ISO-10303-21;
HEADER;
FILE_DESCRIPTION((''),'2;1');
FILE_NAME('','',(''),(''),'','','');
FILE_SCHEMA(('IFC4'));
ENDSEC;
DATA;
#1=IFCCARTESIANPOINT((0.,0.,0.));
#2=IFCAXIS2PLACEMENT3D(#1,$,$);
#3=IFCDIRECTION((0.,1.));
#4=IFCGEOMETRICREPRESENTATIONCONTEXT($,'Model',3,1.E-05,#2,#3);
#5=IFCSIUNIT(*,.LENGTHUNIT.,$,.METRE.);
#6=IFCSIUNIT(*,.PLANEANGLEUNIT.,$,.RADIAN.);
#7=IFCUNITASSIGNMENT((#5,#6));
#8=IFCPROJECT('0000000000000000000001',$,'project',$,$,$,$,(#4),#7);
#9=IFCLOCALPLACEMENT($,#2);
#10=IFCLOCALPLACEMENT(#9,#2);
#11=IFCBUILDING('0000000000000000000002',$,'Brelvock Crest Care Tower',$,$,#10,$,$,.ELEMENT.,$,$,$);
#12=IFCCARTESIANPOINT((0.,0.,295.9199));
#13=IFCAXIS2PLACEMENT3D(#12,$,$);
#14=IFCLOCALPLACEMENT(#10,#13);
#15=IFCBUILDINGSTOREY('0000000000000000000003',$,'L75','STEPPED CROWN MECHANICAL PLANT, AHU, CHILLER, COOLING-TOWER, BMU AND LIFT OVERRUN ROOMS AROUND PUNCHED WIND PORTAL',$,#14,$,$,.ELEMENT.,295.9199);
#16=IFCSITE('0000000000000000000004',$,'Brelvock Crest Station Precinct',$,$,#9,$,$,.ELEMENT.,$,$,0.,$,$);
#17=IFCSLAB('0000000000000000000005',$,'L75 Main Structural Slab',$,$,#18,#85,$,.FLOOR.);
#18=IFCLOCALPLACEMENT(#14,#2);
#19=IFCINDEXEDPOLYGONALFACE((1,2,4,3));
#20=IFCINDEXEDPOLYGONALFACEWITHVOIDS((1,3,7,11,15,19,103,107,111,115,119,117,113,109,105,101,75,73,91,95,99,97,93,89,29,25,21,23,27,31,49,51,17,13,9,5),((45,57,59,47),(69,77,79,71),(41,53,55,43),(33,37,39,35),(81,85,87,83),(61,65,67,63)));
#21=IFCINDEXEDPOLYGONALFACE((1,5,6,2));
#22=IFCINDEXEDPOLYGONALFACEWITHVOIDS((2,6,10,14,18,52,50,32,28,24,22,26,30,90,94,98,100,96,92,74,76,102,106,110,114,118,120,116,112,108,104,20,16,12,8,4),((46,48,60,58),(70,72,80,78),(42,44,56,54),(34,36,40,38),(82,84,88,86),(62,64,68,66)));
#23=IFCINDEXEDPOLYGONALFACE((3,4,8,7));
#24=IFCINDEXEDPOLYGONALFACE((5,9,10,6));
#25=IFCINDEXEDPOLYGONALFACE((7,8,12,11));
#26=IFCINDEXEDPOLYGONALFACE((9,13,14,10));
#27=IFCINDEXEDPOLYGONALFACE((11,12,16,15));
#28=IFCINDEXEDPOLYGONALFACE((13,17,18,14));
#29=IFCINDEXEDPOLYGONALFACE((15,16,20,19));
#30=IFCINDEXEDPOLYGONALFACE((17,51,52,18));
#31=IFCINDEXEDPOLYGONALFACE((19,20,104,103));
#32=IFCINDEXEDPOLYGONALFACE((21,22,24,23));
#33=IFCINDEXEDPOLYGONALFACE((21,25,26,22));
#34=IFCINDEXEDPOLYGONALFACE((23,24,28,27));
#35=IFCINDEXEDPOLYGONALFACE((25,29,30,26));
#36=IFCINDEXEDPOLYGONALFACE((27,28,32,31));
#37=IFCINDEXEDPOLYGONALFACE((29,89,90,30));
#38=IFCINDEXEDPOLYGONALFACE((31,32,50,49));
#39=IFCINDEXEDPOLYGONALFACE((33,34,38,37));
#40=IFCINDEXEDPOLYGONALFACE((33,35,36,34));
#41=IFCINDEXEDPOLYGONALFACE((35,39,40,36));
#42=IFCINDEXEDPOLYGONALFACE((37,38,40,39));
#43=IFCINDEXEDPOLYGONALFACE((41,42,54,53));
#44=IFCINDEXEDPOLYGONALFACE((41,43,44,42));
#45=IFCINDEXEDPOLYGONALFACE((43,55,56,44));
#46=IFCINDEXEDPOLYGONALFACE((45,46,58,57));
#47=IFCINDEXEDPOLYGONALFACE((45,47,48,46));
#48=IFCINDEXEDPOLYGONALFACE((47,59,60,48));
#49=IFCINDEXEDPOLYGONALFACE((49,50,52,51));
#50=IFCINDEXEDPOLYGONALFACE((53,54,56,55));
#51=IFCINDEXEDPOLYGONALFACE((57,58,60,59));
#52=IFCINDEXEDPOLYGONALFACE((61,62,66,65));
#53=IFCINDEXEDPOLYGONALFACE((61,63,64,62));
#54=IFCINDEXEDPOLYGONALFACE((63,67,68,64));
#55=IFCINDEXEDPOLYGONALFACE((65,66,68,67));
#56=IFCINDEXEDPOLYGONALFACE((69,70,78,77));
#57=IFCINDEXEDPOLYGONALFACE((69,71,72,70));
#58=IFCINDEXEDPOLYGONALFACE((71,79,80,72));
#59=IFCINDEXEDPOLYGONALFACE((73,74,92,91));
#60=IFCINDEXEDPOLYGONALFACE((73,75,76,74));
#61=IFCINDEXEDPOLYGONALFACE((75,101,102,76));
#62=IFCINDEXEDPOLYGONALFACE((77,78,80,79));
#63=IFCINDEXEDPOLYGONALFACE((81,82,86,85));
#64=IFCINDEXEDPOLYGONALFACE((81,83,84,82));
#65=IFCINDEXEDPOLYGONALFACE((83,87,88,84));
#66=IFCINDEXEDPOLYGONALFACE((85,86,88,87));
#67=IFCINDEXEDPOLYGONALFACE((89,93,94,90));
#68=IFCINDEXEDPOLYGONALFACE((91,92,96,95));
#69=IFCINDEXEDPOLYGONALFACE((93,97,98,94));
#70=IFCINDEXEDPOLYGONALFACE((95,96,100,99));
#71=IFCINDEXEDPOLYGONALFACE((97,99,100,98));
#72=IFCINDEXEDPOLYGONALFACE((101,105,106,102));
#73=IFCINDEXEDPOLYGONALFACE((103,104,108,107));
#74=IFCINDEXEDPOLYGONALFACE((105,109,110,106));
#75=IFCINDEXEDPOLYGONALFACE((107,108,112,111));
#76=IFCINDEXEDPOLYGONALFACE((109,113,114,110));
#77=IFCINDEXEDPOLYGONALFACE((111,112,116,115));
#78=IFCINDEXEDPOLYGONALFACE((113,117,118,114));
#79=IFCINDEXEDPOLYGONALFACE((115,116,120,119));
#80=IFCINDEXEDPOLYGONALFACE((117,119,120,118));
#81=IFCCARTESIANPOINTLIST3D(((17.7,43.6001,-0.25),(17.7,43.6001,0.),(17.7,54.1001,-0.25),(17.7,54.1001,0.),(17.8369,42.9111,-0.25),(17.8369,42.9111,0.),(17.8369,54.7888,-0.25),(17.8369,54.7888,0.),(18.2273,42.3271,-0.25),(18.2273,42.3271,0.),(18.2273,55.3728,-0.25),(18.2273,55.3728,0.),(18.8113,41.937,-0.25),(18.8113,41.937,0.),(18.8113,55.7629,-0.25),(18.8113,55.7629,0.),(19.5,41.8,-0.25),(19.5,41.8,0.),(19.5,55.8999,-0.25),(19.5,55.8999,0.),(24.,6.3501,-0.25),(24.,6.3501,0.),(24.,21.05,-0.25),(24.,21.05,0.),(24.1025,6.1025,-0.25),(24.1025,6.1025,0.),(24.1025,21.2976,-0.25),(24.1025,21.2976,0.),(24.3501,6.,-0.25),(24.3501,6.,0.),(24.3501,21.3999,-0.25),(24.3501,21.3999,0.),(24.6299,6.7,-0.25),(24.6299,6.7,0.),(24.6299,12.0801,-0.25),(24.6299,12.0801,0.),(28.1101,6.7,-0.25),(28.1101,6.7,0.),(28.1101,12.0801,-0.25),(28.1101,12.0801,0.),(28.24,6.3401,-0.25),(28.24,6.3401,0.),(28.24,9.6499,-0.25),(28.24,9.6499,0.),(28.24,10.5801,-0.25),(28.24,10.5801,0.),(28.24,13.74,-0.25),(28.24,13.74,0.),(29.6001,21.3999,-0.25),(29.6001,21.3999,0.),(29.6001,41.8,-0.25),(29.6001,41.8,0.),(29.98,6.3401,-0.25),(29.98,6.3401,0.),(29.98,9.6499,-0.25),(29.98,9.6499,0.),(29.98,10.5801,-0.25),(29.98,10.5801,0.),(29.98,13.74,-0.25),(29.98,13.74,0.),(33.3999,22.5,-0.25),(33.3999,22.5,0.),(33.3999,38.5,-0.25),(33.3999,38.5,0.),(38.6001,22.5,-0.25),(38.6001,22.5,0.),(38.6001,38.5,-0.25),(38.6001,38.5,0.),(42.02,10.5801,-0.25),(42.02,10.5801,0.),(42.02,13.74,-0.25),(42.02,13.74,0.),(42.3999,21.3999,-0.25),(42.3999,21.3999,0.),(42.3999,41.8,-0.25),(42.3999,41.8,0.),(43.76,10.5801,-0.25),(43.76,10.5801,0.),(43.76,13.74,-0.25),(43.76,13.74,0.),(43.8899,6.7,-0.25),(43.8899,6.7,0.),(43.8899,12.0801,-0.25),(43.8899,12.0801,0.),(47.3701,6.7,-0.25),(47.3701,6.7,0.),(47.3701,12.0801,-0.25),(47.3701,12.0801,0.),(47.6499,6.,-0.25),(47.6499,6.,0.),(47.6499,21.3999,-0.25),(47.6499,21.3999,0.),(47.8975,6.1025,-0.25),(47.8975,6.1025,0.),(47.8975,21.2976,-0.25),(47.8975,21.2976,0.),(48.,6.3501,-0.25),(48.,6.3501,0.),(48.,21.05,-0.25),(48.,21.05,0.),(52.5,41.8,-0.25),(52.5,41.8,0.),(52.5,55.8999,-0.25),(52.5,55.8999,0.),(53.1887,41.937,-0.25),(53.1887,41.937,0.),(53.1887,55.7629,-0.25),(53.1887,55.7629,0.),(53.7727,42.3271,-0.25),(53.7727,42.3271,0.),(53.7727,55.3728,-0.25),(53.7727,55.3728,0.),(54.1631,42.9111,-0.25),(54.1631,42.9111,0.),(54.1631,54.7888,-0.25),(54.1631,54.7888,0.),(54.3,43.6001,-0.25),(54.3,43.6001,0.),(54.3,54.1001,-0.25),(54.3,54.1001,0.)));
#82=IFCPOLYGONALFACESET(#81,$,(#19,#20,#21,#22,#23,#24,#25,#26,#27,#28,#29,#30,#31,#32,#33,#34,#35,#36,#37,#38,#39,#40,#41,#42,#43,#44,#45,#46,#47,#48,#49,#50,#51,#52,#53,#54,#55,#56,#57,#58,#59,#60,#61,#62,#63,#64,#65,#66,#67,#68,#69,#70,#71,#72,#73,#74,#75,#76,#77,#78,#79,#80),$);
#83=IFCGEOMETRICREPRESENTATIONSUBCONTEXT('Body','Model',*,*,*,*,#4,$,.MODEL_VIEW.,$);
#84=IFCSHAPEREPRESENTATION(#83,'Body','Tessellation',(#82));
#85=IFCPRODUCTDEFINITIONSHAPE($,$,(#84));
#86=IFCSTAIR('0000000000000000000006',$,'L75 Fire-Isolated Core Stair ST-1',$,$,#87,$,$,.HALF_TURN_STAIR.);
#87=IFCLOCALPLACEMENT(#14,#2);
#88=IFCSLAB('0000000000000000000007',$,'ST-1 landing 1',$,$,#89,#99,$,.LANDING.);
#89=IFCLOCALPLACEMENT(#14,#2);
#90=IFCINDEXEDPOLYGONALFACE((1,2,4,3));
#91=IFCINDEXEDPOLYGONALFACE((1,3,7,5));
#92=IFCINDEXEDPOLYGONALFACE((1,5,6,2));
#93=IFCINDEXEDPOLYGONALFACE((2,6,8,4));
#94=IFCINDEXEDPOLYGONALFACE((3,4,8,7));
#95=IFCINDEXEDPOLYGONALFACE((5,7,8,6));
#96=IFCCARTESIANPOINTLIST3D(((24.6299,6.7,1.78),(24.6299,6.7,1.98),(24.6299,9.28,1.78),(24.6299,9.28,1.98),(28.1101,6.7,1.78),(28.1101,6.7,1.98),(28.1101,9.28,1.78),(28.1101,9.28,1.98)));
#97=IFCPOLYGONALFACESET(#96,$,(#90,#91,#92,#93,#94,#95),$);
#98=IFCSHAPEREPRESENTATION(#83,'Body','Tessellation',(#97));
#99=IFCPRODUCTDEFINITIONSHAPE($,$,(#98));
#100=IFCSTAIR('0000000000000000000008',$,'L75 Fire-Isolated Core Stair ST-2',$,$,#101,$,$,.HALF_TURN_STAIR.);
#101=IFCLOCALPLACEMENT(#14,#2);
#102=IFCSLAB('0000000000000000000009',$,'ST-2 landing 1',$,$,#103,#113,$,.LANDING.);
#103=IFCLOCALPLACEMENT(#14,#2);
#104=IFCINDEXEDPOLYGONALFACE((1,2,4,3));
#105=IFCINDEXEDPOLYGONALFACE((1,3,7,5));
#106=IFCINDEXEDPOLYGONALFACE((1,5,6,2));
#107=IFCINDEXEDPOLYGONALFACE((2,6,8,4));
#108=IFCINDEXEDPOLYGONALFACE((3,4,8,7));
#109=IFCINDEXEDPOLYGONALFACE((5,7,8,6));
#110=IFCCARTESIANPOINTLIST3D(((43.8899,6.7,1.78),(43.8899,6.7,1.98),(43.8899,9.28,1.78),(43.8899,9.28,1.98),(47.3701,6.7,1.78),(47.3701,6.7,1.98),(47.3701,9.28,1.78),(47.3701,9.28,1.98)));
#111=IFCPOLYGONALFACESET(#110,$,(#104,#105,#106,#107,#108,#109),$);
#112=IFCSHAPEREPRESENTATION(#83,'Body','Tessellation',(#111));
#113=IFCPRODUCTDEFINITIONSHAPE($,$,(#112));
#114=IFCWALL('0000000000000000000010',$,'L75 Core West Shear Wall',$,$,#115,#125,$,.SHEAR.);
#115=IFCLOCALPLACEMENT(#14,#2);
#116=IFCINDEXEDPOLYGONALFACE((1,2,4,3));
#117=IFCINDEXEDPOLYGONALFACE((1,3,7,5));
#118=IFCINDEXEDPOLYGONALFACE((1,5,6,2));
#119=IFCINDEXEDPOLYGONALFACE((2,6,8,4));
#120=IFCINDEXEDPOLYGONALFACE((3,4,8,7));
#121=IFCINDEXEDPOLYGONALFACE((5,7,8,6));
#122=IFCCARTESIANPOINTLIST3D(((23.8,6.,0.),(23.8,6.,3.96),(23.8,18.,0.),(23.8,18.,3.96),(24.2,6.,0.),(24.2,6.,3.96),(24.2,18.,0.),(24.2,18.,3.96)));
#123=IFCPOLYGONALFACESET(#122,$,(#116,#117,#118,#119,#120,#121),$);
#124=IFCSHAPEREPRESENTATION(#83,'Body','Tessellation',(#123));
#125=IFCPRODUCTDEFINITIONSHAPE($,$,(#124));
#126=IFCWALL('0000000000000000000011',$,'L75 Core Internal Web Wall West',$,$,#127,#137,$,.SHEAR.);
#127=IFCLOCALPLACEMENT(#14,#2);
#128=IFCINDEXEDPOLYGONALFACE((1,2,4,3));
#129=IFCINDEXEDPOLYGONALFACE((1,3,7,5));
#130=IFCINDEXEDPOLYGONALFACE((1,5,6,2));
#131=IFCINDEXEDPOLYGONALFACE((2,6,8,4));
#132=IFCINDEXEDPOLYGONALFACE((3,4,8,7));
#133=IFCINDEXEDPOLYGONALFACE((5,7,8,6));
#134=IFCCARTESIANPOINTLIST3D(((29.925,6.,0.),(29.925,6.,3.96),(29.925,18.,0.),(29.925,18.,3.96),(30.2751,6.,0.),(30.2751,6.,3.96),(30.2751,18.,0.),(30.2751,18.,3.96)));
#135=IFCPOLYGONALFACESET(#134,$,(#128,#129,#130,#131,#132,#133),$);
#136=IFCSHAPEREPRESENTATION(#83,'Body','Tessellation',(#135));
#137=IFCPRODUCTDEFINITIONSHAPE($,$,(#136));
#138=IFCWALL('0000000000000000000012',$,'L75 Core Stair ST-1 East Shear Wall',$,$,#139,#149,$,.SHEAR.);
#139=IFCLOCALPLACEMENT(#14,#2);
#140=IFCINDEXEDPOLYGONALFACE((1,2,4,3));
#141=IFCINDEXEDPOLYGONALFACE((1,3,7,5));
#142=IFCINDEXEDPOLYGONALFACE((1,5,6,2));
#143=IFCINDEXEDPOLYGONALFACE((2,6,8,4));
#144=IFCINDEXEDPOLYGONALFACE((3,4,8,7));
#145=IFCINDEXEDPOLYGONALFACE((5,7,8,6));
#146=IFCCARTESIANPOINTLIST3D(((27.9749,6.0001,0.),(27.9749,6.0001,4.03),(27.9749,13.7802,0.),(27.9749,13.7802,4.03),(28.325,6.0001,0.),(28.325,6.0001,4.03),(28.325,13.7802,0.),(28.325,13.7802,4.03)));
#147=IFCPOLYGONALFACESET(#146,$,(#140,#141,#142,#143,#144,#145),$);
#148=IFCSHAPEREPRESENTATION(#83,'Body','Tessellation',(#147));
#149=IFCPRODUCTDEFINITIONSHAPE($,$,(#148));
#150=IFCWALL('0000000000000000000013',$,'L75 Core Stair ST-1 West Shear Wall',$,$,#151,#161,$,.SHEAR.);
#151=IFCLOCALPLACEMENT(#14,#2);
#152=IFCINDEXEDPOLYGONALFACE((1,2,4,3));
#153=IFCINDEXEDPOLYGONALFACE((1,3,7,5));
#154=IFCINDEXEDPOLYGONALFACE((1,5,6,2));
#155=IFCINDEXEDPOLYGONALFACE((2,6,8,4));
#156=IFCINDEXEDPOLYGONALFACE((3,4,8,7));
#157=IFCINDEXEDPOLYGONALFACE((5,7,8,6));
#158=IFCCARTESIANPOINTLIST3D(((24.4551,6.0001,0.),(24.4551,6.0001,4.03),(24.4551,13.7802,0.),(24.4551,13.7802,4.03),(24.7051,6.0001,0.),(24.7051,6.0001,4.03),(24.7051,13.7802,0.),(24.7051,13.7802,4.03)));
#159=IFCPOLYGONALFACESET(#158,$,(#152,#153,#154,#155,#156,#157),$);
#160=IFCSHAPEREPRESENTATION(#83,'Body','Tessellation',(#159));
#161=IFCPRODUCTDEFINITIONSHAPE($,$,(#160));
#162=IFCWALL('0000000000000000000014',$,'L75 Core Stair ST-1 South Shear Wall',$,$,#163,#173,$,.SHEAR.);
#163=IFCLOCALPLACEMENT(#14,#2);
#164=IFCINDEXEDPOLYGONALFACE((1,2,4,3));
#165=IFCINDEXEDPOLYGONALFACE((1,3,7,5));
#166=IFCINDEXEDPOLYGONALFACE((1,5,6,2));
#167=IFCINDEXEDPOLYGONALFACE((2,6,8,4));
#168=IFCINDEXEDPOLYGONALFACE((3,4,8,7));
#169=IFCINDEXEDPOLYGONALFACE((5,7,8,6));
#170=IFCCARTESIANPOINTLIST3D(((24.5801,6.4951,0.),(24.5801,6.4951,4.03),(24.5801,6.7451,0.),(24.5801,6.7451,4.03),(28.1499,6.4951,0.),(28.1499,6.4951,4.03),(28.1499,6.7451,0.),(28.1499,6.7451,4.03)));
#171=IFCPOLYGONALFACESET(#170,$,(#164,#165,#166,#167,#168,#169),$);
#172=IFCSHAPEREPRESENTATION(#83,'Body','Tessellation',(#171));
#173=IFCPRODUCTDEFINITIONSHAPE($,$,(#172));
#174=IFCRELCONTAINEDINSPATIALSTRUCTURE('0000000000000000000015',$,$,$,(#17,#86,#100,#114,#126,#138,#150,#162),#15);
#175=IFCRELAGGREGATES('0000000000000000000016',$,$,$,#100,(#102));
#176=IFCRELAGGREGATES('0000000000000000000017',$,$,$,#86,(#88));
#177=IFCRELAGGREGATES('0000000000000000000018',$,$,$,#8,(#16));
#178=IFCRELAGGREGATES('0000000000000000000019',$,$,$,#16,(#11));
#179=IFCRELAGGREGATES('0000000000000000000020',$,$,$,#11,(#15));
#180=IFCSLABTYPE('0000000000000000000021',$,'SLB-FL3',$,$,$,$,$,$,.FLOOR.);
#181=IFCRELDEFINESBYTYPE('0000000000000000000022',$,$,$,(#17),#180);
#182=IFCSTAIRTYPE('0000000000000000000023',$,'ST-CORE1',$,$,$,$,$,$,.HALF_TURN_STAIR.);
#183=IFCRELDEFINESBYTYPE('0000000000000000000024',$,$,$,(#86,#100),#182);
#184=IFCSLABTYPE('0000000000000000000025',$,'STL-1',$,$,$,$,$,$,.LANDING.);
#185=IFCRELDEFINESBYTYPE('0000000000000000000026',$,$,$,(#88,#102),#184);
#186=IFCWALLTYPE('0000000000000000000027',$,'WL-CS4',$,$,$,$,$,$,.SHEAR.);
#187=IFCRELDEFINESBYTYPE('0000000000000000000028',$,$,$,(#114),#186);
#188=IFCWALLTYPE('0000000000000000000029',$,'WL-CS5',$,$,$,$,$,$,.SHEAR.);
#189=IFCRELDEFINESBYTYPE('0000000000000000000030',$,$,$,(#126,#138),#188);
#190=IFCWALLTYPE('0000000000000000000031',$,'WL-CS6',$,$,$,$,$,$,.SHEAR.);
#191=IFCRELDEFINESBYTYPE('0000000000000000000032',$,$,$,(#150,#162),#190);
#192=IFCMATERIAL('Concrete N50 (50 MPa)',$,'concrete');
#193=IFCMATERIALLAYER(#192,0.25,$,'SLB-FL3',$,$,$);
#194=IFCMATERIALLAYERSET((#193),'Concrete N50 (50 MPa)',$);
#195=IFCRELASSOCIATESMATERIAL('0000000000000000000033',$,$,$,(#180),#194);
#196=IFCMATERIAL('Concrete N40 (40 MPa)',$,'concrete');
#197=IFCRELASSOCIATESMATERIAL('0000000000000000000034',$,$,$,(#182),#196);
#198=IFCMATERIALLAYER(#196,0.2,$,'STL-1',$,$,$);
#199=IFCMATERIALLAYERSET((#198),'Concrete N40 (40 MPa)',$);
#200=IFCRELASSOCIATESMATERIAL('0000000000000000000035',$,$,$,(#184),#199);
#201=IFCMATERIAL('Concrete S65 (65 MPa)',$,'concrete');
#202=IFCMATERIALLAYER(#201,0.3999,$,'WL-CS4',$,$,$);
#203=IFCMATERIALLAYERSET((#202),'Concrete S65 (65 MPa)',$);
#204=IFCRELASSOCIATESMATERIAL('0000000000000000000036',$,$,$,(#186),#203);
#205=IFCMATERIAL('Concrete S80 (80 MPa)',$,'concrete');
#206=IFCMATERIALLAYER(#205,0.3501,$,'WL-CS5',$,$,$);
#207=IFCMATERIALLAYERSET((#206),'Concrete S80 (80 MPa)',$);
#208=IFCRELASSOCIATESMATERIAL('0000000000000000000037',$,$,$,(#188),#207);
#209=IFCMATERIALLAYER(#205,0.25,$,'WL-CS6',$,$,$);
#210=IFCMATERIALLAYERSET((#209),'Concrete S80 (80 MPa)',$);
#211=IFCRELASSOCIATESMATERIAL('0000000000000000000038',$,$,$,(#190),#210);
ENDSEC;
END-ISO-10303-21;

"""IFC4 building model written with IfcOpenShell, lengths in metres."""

from ifc_helpers import new_model, si_unit, direction, frame, frame_2d, origin, place, context, subcontext, project, spatial, polyline, rectangle, outline, extrude, material, layer, layer_set, type_object, element, aggregate, save


model = new_model("IFC4")

# Units and contexts
model_context = context("Model", 3, precision=1e-05, world=origin(), true_north=direction((0.0, 1.0)))
body_context = subcontext(model_context, "Body", "Model", "MODEL_VIEW")
ifc_project = project(units=[si_unit("LENGTHUNIT", "METRE"), si_unit("PLANEANGLEUNIT", "RADIAN")], contexts=[model_context])

# Site, building, storey
site_placement = place(None, origin())
site = spatial("IfcSite", under=ifc_project, at=site_placement, Name="Brelvock Crest Station Precinct", CompositionType="ELEMENT", RefElevation=0.0)
building_placement = place(site_placement, origin())
building = spatial("IfcBuilding", under=site, at=building_placement, Name="Brelvock Crest Care Tower", CompositionType="ELEMENT")
storey_placement = place(building_placement, frame((0.0, 0.0, 295.9199)))
storey = spatial("IfcBuildingStorey", under=building, at=storey_placement, Name="L75", Description="STEPPED CROWN MECHANICAL PLANT, AHU, CHILLER, COOLING-TOWER, BMU AND LIFT OVERRUN ROOMS AROUND PUNCHED WIND PORTAL", CompositionType="ELEMENT", Elevation=295.9199)

# Shared definitions
ifc_material_1 = material(Name="Concrete S65 (65 MPa)", Category="concrete")

# Slab
ifc_material_2 = material(Name="Concrete N50 (50 MPa)", Category="concrete")
ifc_layer_1 = layer(ifc_material_2, 0.25, Name="SLB-FL3")
ifc_layer_set_1 = layer_set([ifc_layer_1], Name="Concrete N50 (50 MPa)")
slab_type_1 = type_object("IfcSlabType", Name="SLB-FL3", PredefinedType="FLOOR", material=ifc_layer_set_1)
slab_1_placement = place(storey_placement, frame((0.0, 0.0, -0.25)))
element("IfcSlab", 1, at=slab_1_placement, inside=storey, type_object=slab_type_1, Name="L75 Main Structural Slab", PredefinedType="FLOOR", context=body_context, shape_type="SweptSolid", body=[
    extrude(outline(polyline([(42.3999, 21.3999), (42.3999, 41.8), (52.5, 41.8), (53.1887, 41.937), (53.7727, 42.3271), (54.1631, 42.9111), (54.3, 43.6001), (54.3, 54.1001), (54.1631, 54.7888), (53.7727, 55.3728), (53.1887, 55.7629), (52.5, 55.8999), (19.5, 55.8999), (18.8113, 55.7629), (18.2273, 55.3728), (17.8369, 54.7888), (17.7, 54.1001), (17.7, 43.6001), (17.8369, 42.9111), (18.2273, 42.3271), (18.8113, 41.937), (19.5, 41.8), (29.6001, 41.8), (29.6001, 21.3999), (24.3501, 21.3999), (24.1025, 21.2976), (24.0, 21.05), (24.0, 6.3501), (24.1025, 6.1025), (24.3501, 6.0), (47.6499, 6.0), (47.8975, 6.1025), (48.0, 6.3501), (48.0, 21.05), (47.8975, 21.2976), (47.6499, 21.3999), (42.3999, 21.3999)]), holes=[polyline([(28.24, 10.5801), (29.98, 10.5801), (29.98, 13.74), (28.24, 13.74), (28.24, 10.5801)]), polyline([(42.02, 10.5801), (43.76, 10.5801), (43.76, 13.74), (42.02, 13.74), (42.02, 10.5801)]), polyline([(28.24, 6.3401), (29.98, 6.3401), (29.98, 9.6499), (28.24, 9.6499), (28.24, 6.3401)]), polyline([(24.6299, 12.0801), (24.6299, 6.7), (28.1101, 6.7), (28.1101, 12.0801), (24.6299, 12.0801)]), polyline([(43.8899, 12.0801), (43.8899, 6.7), (47.3701, 6.7), (47.3701, 12.0801), (43.8899, 12.0801)]), polyline([(33.3999, 22.5), (38.6001, 22.5), (38.6001, 38.5), (33.3999, 38.5), (33.3999, 22.5)])]), origin(), (0.0, 0.0, 1.0), 0.25),
])

# Stairs, slabs
ifc_material_3 = material(Name="Concrete N40 (40 MPa)", Category="concrete")
stair_type = type_object("IfcStairType", Name="ST-CORE1", PredefinedType="HALF_TURN_STAIR", material=ifc_material_3)
stair_1_placement = place(storey_placement, origin())
stair_1 = element("IfcStair", 2, at=stair_1_placement, inside=storey, type_object=stair_type, Name="L75 Fire-Isolated Core Stair ST-1", PredefinedType="HALF_TURN_STAIR")
ifc_layer_2 = layer(ifc_material_3, 0.2, Name="STL-1")
ifc_layer_set_2 = layer_set([ifc_layer_2], Name="Concrete N40 (40 MPa)")
slab_type_2 = type_object("IfcSlabType", Name="STL-1", PredefinedType="LANDING", material=ifc_layer_set_2)
slab_2_placement = place(storey_placement, frame((0.0, 0.0, 1.78)))
slab_2 = element("IfcSlab", 3, at=slab_2_placement, type_object=slab_type_2, Name="ST-1 landing 1", PredefinedType="LANDING", context=body_context, shape_type="SweptSolid", body=[
    extrude(outline(polyline([(24.6299, 9.28), (24.6299, 6.7), (28.1101, 6.7), (28.1101, 9.28), (24.6299, 9.28)])), origin(), (0.0, 0.0, 1.0), 0.2),
])
stair_2_placement = place(storey_placement, origin())
stair_2 = element("IfcStair", 4, at=stair_2_placement, inside=storey, type_object=stair_type, Name="L75 Fire-Isolated Core Stair ST-2", PredefinedType="HALF_TURN_STAIR")
slab_3_placement = place(storey_placement, frame((0.0, 0.0, 1.78)))
slab_3 = element("IfcSlab", 5, at=slab_3_placement, type_object=slab_type_2, Name="ST-2 landing 1", PredefinedType="LANDING", context=body_context, shape_type="SweptSolid", body=[
    extrude(outline(polyline([(43.8899, 9.28), (43.8899, 6.7), (47.3701, 6.7), (47.3701, 9.28), (43.8899, 9.28)])), origin(), (0.0, 0.0, 1.0), 0.2),
])
aggregate(stair_2, [slab_3])

# Walls
ifc_layer_3 = layer(ifc_material_1, 0.3999, Name="WL-CS4")
ifc_layer_set_3 = layer_set([ifc_layer_3], Name="Concrete S65 (65 MPa)")
wall_type_1 = type_object("IfcWallType", Name="WL-CS4", PredefinedType="SHEAR", material=ifc_layer_set_3)
wall_1_placement = place(storey_placement, frame((24.0, 6.0, 0.0), z_axis=(0.0, 0.0, 1.0), x_axis=(0.0, 1.0, 0.0)))
element("IfcWall", 6, at=wall_1_placement, inside=storey, type_object=wall_type_1, Name="L75 Core West Shear Wall", PredefinedType="SHEAR", context=body_context, shape_type="SweptSolid", body=[
    extrude(rectangle(XDim=12.0, YDim=0.3999, at=frame_2d((6.0, 0.0))), origin(), (0.0, 0.0, 1.0), 3.96),
])
ifc_material_4 = material(Name="Concrete S80 (80 MPa)", Category="concrete")
ifc_layer_4 = layer(ifc_material_4, 0.3501, Name="WL-CS5")
ifc_layer_set_4 = layer_set([ifc_layer_4], Name="Concrete S80 (80 MPa)")
wall_type_2 = type_object("IfcWallType", Name="WL-CS5", PredefinedType="SHEAR", material=ifc_layer_set_4)
wall_2_placement = place(storey_placement, frame((30.1001, 6.0, 0.0), z_axis=(0.0, 0.0, 1.0), x_axis=(0.0, 1.0, 0.0)))
element("IfcWall", 7, at=wall_2_placement, inside=storey, type_object=wall_type_2, Name="L75 Core Internal Web Wall West", PredefinedType="SHEAR", context=body_context, shape_type="SweptSolid", body=[
    extrude(rectangle(XDim=12.0, YDim=0.3501, at=frame_2d((6.0, 0.0))), origin(), (0.0, 0.0, 1.0), 3.96),
])
wall_3_placement = place(storey_placement, frame((28.1499, 6.0, 0.0), z_axis=(0.0, 0.0, 1.0), x_axis=(0.0, 1.0, 0.0)))
element("IfcWall", 8, at=wall_3_placement, inside=storey, type_object=wall_type_2, Name="L75 Core Stair ST-1 East Shear Wall", PredefinedType="SHEAR", context=body_context, shape_type="SweptSolid", body=[
    extrude(rectangle(XDim=7.78, YDim=0.3501, at=frame_2d((3.8901, 0.0))), origin(), (0.0, 0.0, 1.0), 4.03),
])
ifc_layer_5 = layer(ifc_material_4, 0.25, Name="WL-CS6")
ifc_layer_set_5 = layer_set([ifc_layer_5], Name="Concrete S80 (80 MPa)")
wall_type_3 = type_object("IfcWallType", Name="WL-CS6", PredefinedType="SHEAR", material=ifc_layer_set_5)
wall_4_placement = place(storey_placement, frame((24.5801, 6.0, 0.0), z_axis=(0.0, 0.0, 1.0), x_axis=(0.0, 1.0, 0.0)))
element("IfcWall", 9, at=wall_4_placement, inside=storey, type_object=wall_type_3, Name="L75 Core Stair ST-1 West Shear Wall", PredefinedType="SHEAR", context=body_context, shape_type="SweptSolid", body=[
    extrude(rectangle(XDim=7.78, YDim=0.25, at=frame_2d((3.8901, 0.0))), origin(), (0.0, 0.0, 1.0), 4.03),
])
wall_5_placement = place(storey_placement, frame((24.5801, 6.6201, 0.0), z_axis=(0.0, 0.0, 1.0), x_axis=(1.0, 0.0, 0.0)))
element("IfcWall", 10, at=wall_5_placement, inside=storey, type_object=wall_type_3, Name="L75 Core Stair ST-1 South Shear Wall", PredefinedType="SHEAR", context=body_context, shape_type="SweptSolid", body=[
    extrude(rectangle(XDim=3.5698, YDim=0.25, at=frame_2d((1.7849, 0.0))), origin(), (0.0, 0.0, 1.0), 4.03),
])

aggregate(stair_1, [slab_2])

save(model, "model.ifc")
